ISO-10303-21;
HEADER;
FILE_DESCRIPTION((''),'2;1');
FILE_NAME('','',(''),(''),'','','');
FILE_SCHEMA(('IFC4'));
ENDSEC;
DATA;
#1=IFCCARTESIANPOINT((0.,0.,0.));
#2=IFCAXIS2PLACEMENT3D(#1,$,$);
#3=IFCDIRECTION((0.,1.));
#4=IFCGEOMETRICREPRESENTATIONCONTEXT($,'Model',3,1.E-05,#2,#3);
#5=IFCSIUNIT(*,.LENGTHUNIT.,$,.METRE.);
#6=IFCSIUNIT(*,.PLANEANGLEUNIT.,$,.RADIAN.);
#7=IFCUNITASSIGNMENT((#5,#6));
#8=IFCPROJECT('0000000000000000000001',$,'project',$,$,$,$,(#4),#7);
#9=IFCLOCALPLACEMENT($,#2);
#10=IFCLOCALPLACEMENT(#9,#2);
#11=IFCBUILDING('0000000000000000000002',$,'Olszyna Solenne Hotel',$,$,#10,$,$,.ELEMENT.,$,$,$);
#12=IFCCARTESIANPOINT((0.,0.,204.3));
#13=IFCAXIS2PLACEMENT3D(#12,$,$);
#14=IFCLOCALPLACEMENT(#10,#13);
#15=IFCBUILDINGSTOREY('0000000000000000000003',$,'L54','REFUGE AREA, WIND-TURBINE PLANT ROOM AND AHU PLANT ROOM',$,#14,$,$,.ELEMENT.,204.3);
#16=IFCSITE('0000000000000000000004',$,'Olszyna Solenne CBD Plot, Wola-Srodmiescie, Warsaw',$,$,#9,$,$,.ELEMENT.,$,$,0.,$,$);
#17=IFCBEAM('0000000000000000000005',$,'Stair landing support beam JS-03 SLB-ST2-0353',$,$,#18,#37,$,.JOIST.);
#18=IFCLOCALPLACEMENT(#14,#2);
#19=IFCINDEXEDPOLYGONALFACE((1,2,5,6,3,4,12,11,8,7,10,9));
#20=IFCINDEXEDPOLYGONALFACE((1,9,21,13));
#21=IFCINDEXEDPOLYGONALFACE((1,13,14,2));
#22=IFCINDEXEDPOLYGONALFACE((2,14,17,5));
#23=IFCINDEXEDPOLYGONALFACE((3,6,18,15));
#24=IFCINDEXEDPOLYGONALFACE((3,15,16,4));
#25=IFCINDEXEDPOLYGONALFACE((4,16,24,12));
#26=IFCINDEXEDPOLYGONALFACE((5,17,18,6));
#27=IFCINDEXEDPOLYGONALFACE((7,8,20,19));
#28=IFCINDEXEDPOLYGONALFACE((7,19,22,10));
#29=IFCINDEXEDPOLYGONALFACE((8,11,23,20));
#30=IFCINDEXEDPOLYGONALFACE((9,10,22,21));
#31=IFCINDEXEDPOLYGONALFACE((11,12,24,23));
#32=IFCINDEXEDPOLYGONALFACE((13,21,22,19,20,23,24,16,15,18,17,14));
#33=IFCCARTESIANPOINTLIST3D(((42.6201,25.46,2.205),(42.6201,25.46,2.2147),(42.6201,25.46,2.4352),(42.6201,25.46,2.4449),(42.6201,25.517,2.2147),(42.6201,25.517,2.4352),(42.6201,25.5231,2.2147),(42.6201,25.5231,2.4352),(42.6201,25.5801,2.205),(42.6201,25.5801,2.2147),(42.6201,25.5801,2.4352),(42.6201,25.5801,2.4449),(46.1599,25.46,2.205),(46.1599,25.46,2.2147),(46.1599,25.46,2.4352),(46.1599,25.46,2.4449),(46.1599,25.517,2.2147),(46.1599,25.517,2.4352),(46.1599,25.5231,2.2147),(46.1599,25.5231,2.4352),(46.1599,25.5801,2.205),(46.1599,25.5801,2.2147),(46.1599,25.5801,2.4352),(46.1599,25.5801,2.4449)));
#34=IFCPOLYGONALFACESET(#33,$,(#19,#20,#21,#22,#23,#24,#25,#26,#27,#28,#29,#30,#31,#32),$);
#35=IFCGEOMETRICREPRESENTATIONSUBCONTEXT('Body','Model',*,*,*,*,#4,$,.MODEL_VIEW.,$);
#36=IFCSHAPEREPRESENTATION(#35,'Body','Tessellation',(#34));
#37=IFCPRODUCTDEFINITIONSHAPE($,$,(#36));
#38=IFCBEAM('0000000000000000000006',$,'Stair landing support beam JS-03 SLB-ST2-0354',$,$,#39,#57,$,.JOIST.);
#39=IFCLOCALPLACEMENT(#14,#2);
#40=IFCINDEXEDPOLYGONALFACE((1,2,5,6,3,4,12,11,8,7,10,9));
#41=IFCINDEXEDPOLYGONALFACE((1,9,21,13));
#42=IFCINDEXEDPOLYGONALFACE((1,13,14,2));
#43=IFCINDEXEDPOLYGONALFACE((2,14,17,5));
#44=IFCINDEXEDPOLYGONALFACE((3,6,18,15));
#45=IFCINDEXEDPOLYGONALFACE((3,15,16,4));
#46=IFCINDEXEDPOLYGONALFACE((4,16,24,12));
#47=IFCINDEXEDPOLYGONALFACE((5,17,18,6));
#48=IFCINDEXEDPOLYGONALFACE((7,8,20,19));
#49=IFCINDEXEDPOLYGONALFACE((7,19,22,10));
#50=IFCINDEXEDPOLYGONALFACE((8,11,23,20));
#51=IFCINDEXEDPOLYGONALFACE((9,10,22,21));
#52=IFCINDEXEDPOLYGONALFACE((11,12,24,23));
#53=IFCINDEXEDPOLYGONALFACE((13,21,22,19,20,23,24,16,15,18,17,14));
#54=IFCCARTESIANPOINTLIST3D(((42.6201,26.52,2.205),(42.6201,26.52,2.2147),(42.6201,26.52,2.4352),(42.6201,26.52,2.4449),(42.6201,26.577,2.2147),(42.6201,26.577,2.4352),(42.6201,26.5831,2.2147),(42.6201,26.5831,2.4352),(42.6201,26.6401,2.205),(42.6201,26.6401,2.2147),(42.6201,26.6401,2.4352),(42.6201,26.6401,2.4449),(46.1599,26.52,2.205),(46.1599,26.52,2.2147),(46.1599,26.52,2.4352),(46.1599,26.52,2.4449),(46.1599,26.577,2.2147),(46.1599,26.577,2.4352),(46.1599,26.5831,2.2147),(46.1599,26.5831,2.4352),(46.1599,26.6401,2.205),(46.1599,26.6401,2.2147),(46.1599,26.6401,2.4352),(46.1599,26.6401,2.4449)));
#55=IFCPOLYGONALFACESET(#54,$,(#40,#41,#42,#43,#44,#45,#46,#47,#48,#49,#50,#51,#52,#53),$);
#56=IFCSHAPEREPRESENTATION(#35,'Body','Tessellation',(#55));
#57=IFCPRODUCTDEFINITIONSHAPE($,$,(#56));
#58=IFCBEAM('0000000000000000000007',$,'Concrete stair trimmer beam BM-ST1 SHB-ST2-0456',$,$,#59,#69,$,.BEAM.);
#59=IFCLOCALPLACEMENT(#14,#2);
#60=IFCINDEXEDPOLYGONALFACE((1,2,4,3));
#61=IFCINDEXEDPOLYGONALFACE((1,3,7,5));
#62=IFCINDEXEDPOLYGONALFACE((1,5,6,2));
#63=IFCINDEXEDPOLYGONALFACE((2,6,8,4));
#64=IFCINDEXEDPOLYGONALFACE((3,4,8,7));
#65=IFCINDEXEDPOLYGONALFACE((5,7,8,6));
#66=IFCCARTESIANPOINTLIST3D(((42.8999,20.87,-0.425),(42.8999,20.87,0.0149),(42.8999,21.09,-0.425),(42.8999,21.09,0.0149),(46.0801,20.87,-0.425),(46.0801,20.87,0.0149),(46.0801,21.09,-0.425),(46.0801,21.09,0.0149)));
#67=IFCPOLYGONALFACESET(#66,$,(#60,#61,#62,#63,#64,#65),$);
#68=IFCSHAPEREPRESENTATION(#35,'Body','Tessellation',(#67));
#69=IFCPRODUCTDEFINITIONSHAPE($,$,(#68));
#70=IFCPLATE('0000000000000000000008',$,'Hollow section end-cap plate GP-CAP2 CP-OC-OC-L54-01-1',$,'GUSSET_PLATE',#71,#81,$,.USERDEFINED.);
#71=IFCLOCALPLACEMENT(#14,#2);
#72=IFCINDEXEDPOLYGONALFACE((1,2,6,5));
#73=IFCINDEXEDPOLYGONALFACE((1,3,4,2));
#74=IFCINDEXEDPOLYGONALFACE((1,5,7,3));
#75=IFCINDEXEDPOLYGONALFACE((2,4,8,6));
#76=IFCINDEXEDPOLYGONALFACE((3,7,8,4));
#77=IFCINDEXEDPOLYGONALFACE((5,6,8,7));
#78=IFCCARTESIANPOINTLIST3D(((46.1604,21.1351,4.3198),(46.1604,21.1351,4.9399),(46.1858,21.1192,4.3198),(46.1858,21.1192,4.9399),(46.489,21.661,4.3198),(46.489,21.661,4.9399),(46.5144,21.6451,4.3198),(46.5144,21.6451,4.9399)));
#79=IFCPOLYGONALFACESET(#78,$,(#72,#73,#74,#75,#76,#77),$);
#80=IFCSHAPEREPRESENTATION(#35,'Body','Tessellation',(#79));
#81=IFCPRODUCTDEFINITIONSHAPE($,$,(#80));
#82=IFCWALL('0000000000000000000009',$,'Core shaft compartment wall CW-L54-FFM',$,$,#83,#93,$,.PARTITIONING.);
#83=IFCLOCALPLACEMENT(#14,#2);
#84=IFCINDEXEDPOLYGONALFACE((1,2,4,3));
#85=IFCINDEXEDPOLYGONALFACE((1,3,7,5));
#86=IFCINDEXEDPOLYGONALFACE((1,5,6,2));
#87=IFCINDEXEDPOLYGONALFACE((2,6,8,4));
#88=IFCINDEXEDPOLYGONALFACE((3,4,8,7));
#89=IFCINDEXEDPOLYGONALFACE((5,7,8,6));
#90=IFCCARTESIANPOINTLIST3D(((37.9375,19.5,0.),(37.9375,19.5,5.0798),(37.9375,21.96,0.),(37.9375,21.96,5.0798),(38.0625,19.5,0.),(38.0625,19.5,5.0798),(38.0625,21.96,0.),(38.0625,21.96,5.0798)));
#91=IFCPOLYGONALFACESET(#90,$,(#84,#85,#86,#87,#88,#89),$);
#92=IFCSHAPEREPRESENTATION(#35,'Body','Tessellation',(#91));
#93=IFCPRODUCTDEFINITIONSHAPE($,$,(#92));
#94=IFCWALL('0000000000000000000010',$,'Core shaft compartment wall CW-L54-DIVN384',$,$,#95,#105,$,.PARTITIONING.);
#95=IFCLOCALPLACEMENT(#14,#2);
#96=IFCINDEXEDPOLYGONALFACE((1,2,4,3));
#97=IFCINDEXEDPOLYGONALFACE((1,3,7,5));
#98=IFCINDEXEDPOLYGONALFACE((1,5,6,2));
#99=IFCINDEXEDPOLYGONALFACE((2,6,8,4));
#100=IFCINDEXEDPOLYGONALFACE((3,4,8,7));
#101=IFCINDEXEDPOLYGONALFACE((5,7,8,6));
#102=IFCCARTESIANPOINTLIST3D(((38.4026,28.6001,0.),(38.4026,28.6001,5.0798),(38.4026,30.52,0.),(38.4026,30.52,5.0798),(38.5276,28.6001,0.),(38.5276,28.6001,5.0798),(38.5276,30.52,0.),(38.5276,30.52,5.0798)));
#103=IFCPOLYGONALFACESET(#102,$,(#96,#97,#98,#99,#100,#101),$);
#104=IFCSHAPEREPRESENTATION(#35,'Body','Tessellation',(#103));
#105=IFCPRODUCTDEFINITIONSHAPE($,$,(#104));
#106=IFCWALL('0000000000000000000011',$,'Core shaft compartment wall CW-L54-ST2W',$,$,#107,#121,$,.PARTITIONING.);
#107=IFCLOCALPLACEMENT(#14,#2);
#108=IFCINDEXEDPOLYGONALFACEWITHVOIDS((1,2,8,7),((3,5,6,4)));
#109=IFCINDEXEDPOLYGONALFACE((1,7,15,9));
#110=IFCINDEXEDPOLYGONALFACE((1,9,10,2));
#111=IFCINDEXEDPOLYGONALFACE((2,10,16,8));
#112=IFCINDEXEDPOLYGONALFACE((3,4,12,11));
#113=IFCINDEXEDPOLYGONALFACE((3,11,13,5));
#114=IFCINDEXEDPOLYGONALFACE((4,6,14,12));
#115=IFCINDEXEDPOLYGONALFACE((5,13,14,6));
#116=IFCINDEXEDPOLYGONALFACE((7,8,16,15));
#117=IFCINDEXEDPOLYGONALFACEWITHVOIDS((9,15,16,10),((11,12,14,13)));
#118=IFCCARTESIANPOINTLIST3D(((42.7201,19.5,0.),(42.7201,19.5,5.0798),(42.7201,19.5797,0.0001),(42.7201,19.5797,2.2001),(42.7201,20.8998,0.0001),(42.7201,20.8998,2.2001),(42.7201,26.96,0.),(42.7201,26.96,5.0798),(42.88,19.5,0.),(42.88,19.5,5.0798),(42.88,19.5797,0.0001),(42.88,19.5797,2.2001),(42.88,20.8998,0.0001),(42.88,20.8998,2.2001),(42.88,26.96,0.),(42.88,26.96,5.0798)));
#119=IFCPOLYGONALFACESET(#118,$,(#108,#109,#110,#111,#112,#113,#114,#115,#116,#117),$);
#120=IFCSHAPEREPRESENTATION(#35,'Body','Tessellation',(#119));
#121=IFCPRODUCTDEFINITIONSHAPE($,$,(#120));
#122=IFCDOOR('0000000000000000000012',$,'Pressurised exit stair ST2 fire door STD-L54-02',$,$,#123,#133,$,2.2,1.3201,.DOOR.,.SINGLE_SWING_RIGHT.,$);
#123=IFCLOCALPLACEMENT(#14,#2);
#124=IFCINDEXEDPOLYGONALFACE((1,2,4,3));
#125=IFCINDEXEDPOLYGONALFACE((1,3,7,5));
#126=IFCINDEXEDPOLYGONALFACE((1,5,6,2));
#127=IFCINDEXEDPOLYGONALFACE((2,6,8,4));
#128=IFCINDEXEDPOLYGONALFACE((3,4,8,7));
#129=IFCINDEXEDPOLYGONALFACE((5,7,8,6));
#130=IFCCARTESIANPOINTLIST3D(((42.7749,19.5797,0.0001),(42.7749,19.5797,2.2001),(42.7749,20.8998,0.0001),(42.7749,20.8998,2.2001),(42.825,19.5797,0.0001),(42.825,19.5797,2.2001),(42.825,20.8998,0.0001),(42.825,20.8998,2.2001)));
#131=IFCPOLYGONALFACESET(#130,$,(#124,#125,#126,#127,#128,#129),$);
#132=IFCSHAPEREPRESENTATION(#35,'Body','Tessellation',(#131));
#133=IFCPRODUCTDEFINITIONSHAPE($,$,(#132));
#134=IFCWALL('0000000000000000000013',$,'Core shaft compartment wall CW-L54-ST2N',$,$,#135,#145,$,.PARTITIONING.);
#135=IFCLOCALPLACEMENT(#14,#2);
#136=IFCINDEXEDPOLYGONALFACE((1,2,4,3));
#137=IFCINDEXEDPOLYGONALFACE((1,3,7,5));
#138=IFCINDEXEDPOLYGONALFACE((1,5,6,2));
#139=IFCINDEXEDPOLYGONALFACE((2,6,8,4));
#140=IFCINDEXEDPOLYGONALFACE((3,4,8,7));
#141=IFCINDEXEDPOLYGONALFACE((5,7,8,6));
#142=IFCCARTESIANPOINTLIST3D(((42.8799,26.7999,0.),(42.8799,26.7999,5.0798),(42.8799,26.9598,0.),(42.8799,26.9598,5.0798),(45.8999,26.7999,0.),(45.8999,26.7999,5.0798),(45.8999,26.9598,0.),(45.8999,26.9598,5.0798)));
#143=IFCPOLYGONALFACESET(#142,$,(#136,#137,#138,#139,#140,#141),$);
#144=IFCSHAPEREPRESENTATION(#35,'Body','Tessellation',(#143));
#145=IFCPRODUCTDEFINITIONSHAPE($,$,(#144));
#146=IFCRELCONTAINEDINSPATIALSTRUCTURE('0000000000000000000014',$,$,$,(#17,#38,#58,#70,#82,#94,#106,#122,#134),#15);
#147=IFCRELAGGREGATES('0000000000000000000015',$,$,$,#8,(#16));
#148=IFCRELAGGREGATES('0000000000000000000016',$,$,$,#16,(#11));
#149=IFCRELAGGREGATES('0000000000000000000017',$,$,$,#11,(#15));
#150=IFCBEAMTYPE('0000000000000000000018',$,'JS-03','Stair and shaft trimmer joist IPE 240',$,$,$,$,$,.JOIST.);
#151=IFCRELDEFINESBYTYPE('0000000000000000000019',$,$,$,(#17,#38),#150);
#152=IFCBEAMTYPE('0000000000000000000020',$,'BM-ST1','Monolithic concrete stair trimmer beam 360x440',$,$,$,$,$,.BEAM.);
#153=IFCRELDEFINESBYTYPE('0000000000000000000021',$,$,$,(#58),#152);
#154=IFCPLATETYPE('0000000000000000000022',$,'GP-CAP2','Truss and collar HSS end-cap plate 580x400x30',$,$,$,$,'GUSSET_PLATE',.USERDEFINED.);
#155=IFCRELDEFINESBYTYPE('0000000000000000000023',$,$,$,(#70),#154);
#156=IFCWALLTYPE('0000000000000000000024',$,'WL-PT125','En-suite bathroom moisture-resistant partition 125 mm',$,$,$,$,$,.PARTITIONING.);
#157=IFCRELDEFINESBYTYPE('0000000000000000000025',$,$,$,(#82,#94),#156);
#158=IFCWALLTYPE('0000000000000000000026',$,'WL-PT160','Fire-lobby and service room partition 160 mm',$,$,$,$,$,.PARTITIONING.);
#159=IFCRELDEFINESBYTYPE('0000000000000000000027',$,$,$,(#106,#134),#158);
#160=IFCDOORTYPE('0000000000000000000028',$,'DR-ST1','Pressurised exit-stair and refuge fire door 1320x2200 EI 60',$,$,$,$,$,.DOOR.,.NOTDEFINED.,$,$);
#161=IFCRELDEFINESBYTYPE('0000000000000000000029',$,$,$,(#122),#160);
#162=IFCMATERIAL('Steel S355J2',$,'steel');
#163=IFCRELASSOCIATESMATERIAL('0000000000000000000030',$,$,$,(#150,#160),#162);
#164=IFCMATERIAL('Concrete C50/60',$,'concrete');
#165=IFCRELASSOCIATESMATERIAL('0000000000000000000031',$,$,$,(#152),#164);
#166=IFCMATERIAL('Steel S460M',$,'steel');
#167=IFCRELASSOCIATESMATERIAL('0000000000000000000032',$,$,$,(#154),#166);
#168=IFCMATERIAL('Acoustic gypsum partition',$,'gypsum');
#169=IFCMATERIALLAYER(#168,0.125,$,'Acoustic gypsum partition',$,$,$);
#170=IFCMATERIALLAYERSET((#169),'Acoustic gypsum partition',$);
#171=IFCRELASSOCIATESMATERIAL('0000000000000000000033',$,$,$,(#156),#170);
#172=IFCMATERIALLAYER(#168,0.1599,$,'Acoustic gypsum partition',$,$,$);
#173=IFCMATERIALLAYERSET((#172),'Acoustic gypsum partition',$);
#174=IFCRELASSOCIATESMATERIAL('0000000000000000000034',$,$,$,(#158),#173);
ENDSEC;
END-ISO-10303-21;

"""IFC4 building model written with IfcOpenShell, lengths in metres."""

from ifc_helpers import new_model, si_unit, direction, frame, frame_2d, origin, origin_2d, place, context, subcontext, project, spatial, rectangle, i_section, extrude, source, transform, mapped, material, layer, layer_set, material_profile, profile_set, type_object, type_shapes, element, fill, save


model = new_model("IFC4")

# Units and contexts
model_context = context("Model", 3, precision=1e-05, world=origin(), true_north=direction((0.0, 1.0)))
body_context = subcontext(model_context, "Body", "Model", "MODEL_VIEW")
ifc_project = project(units=[si_unit("LENGTHUNIT", "METRE"), si_unit("PLANEANGLEUNIT", "RADIAN")], contexts=[model_context])

# Site, building, storey
site_placement = place(None, origin())
site = spatial("IfcSite", under=ifc_project, at=site_placement, Name="Olszyna Solenne CBD Plot, Wola-Srodmiescie, Warsaw", CompositionType="ELEMENT", RefElevation=0.0)
building_placement = place(site_placement, origin())
building = spatial("IfcBuilding", under=site, at=building_placement, Name="Olszyna Solenne Hotel", CompositionType="ELEMENT")
storey_placement = place(building_placement, frame((0.0, 0.0, 204.3)))
storey = spatial("IfcBuildingStorey", under=building, at=storey_placement, Name="L54", Description="REFUGE AREA, WIND-TURBINE PLANT ROOM AND AHU PLANT ROOM", CompositionType="ELEMENT", Elevation=204.3)

# Beams
ifc_material_1 = material(Name="Steel S355J2", Category="steel")
ifc_material_profile_1 = material_profile(ifc_material_1, i_section(OverallWidth=0.1201, OverallDepth=0.24, WebThickness=0.0061, FlangeThickness=0.0098, at=origin_2d()), Name="IPE 240", Category="load-bearing")
ifc_profile_set_1 = profile_set([ifc_material_profile_1], Name="Steel S355J2")
beam_type_1 = type_object("IfcBeamType", Name="JS-03", Description="Stair and shaft trimmer joist IPE 240", PredefinedType="JOIST", material=ifc_profile_set_1)
shared_shape_1 = source(origin(), body_context, "Body", "SweptSolid", [
    extrude(i_section(OverallWidth=0.1201, OverallDepth=0.24, WebThickness=0.0061, FlangeThickness=0.0098, at=origin_2d()), origin(), (0.0, 0.0, 1.0), 3.5398),
])
for number, where, z_axis, x_axis, name in (
    (1, (46.1599, 25.52, 2.325), (-1.0, 0.0, 0.0), (0.0, -1.0, 0.0), "Stair landing support beam JS-03 SLB-ST2-0353"),
    (2, (46.1599, 26.5801, 2.325), (-1.0, 0.0, 0.0), (0.0, -1.0, 0.0), "Stair landing support beam JS-03 SLB-ST2-0354"),
):
    element("IfcBeam", number, at=place(storey_placement, frame(where, z_axis=z_axis, x_axis=x_axis)), inside=storey, type_object=beam_type_1, Name=name, PredefinedType="JOIST", context=body_context, shape_type="MappedRepresentation", body=[
        mapped(shared_shape_1, transform((0.0, 0.0, 0.0), x_axis=(1.0, 0.0, 0.0), y_axis=(0.0, 1.0, 0.0), z_axis=(0.0, 0.0, 1.0), scale=1.0)),
    ])
ifc_material_2 = material(Name="Concrete C50/60", Category="concrete")
ifc_material_profile_2 = material_profile(ifc_material_2, rectangle(XDim=0.22, YDim=0.4399, at=origin_2d()), Name="RC 220x440", Category="load-bearing")
ifc_profile_set_2 = profile_set([ifc_material_profile_2], Name="Concrete C50/60")
beam_type_2 = type_object("IfcBeamType", Name="BM-ST1", Description="Monolithic concrete stair trimmer beam 360x440", PredefinedType="BEAM", material=ifc_profile_set_2)
shared_shape_2 = source(origin(), body_context, "Body", "SweptSolid", [
    extrude(rectangle(XDim=0.22, YDim=0.4399, at=origin_2d()), origin(), (0.0, 0.0, 1.0), 3.1802),
])
beam_placement = place(storey_placement, frame((46.0801, 20.98, -0.2051), z_axis=(-1.0, 0.0, 0.0), x_axis=(0.0, -1.0, 0.0)))
element("IfcBeam", 3, at=beam_placement, inside=storey, type_object=beam_type_2, Name="Concrete stair trimmer beam BM-ST1 SHB-ST2-0456", PredefinedType="BEAM", context=body_context, shape_type="MappedRepresentation", body=[
    mapped(shared_shape_2, transform((0.0, 0.0, 0.0), x_axis=(1.0, 0.0, 0.0), y_axis=(0.0, 1.0, 0.0), z_axis=(0.0, 0.0, 1.0), scale=1.0)),
])

# Plate
ifc_material_3 = material(Name="Steel S460M", Category="steel")
plate_type = type_object("IfcPlateType", Name="GP-CAP2", Description="Truss and collar HSS end-cap plate 580x400x30", ElementType="GUSSET_PLATE", PredefinedType="USERDEFINED", material=ifc_material_3)
shared_shape_3 = source(origin(), body_context, "Body", "SweptSolid", [
    extrude(rectangle(XDim=0.03, YDim=0.6201, at=origin_2d()), origin(), (0.0, 0.0, 1.0), 0.6201),
])
plate_placement = place(storey_placement, frame((46.3374, 21.3901, 4.3198), z_axis=(0.0, 0.0, 1.0), x_axis=(0.848048, -0.529919, 0.0)))
element("IfcPlate", 4, at=plate_placement, inside=storey, type_object=plate_type, Name="Hollow section end-cap plate GP-CAP2 CP-OC-OC-L54-01-1", ObjectType="GUSSET_PLATE", PredefinedType="USERDEFINED", context=body_context, shape_type="MappedRepresentation", body=[
    mapped(shared_shape_3, transform((0.0, 0.0, 0.0), x_axis=(1.0, 0.0, 0.0), y_axis=(0.0, 1.0, 0.0), z_axis=(0.0, 0.0, 1.0), scale=1.0)),
])

# Walls
ifc_material_4 = material(Name="Acoustic gypsum partition", Category="gypsum")
ifc_layer_1 = layer(ifc_material_4, 0.125, Name="Acoustic gypsum partition")
ifc_layer_set_1 = layer_set([ifc_layer_1], Name="Acoustic gypsum partition")
wall_type_1 = type_object("IfcWallType", Name="WL-PT125", Description="En-suite bathroom moisture-resistant partition 125 mm", PredefinedType="PARTITIONING", material=ifc_layer_set_1)
wall_1_placement = place(storey_placement, frame((38.0, 19.5, 0.0), z_axis=(0.0, 0.0, 1.0), x_axis=(0.0, 1.0, 0.0)))
element("IfcWall", 5, at=wall_1_placement, inside=storey, type_object=wall_type_1, Name="Core shaft compartment wall CW-L54-FFM", PredefinedType="PARTITIONING", context=body_context, shape_type="SweptSolid", body=[
    extrude(rectangle(XDim=2.46, YDim=0.125, at=frame_2d((1.23, 0.0))), origin(), (0.0, 0.0, 1.0), 5.0798),
])
wall_2_placement = place(storey_placement, frame((38.4651, 28.6001, 0.0), z_axis=(0.0, 0.0, 1.0), x_axis=(0.0, 1.0, 0.0)))
element("IfcWall", 6, at=wall_2_placement, inside=storey, type_object=wall_type_1, Name="Core shaft compartment wall CW-L54-DIVN384", PredefinedType="PARTITIONING", context=body_context, shape_type="SweptSolid", body=[
    extrude(rectangle(XDim=1.9199, YDim=0.125, at=frame_2d((0.96, 0.0))), origin(), (0.0, 0.0, 1.0), 5.0798),
])

# Wall, opening, door
ifc_layer_2 = layer(ifc_material_4, 0.1599, Name="Acoustic gypsum partition")
ifc_layer_set_2 = layer_set([ifc_layer_2], Name="Acoustic gypsum partition")
wall_type_2 = type_object("IfcWallType", Name="WL-PT160", Description="Fire-lobby and service room partition 160 mm", PredefinedType="PARTITIONING", material=ifc_layer_set_2)
wall_3_placement = place(storey_placement, frame((42.8, 26.96, 0.0), z_axis=(0.0, 0.0, 1.0), x_axis=(0.0, -1.0, 0.0)))
wall_3 = element("IfcWall", 7, at=wall_3_placement, inside=storey, type_object=wall_type_2, Name="Core shaft compartment wall CW-L54-ST2W", PredefinedType="PARTITIONING", context=body_context, shape_type="SweptSolid", body=[
    extrude(rectangle(XDim=7.46, YDim=0.1599, at=frame_2d((3.73, 0.0))), origin(), (0.0, 0.0, 1.0), 5.0798),
])
opening_1_placement = place(wall_3_placement, frame((6.0601, 0.0, 0.0)))
opening_1 = element("IfcOpeningElement", 8, at=opening_1_placement, cuts=wall_3, PredefinedType="OPENING", context=body_context, shape_type="SweptSolid", body=[
    extrude(rectangle(XDim=1.3201, YDim=2.2, at=frame_2d((0.6602, 1.1001))), frame((0.0, 0.0898, 0.0), z_axis=(0.0, -1.0, 0.0), x_axis=(1.0, 0.0, 0.0)), (0.0, 0.0, 1.0), 0.1799),
])
door_type_1 = type_object("IfcDoorType", Name="DR-ST1", Description="Pressurised exit-stair and refuge fire door 1320x2200 EI 60", OperationType="NOTDEFINED", PredefinedType="DOOR", material=ifc_material_1)
shared_shape_4 = source(origin(), body_context, "Body", "SweptSolid", [
    extrude(rectangle(XDim=1.3201, YDim=2.2, at=frame_2d((0.6602, 1.1001))), frame((0.0, 0.0249, 0.0), z_axis=(0.0, -1.0, 0.0), x_axis=(1.0, 0.0, 0.0)), (0.0, 0.0, 1.0), 0.05),
])
type_shapes(door_type_1, [shared_shape_4])
door_1_placement = place(opening_1_placement, origin())
door_1 = element("IfcDoor", 9, at=door_1_placement, inside=storey, type_object=door_type_1, Name="Pressurised exit stair ST2 fire door STD-L54-02", OperationType="SINGLE_SWING_RIGHT", OverallHeight=2.2, OverallWidth=1.3201, PredefinedType="DOOR", context=body_context, shape_type="MappedRepresentation", body=[
    mapped(shared_shape_4, transform((0.0, 0.0, 0.0), x_axis=(1.0, 0.0, 0.0), y_axis=(0.0, 1.0, 0.0), z_axis=(0.0, 0.0, 1.0), scale=1.0)),
])
fill(opening_1, door_1)

# Wall
wall_4_placement = place(storey_placement, frame((42.8799, 26.8799, 0.0), z_axis=(0.0, 0.0, 1.0), x_axis=(1.0, 0.0, 0.0)))
element("IfcWall", 10, at=wall_4_placement, inside=storey, type_object=wall_type_2, Name="Core shaft compartment wall CW-L54-ST2N", PredefinedType="PARTITIONING", context=body_context, shape_type="SweptSolid", body=[
    extrude(rectangle(XDim=3.02, YDim=0.1599, at=frame_2d((1.51, 0.0))), origin(), (0.0, 0.0, 1.0), 5.0798),
])

save(model, "model.ifc")
